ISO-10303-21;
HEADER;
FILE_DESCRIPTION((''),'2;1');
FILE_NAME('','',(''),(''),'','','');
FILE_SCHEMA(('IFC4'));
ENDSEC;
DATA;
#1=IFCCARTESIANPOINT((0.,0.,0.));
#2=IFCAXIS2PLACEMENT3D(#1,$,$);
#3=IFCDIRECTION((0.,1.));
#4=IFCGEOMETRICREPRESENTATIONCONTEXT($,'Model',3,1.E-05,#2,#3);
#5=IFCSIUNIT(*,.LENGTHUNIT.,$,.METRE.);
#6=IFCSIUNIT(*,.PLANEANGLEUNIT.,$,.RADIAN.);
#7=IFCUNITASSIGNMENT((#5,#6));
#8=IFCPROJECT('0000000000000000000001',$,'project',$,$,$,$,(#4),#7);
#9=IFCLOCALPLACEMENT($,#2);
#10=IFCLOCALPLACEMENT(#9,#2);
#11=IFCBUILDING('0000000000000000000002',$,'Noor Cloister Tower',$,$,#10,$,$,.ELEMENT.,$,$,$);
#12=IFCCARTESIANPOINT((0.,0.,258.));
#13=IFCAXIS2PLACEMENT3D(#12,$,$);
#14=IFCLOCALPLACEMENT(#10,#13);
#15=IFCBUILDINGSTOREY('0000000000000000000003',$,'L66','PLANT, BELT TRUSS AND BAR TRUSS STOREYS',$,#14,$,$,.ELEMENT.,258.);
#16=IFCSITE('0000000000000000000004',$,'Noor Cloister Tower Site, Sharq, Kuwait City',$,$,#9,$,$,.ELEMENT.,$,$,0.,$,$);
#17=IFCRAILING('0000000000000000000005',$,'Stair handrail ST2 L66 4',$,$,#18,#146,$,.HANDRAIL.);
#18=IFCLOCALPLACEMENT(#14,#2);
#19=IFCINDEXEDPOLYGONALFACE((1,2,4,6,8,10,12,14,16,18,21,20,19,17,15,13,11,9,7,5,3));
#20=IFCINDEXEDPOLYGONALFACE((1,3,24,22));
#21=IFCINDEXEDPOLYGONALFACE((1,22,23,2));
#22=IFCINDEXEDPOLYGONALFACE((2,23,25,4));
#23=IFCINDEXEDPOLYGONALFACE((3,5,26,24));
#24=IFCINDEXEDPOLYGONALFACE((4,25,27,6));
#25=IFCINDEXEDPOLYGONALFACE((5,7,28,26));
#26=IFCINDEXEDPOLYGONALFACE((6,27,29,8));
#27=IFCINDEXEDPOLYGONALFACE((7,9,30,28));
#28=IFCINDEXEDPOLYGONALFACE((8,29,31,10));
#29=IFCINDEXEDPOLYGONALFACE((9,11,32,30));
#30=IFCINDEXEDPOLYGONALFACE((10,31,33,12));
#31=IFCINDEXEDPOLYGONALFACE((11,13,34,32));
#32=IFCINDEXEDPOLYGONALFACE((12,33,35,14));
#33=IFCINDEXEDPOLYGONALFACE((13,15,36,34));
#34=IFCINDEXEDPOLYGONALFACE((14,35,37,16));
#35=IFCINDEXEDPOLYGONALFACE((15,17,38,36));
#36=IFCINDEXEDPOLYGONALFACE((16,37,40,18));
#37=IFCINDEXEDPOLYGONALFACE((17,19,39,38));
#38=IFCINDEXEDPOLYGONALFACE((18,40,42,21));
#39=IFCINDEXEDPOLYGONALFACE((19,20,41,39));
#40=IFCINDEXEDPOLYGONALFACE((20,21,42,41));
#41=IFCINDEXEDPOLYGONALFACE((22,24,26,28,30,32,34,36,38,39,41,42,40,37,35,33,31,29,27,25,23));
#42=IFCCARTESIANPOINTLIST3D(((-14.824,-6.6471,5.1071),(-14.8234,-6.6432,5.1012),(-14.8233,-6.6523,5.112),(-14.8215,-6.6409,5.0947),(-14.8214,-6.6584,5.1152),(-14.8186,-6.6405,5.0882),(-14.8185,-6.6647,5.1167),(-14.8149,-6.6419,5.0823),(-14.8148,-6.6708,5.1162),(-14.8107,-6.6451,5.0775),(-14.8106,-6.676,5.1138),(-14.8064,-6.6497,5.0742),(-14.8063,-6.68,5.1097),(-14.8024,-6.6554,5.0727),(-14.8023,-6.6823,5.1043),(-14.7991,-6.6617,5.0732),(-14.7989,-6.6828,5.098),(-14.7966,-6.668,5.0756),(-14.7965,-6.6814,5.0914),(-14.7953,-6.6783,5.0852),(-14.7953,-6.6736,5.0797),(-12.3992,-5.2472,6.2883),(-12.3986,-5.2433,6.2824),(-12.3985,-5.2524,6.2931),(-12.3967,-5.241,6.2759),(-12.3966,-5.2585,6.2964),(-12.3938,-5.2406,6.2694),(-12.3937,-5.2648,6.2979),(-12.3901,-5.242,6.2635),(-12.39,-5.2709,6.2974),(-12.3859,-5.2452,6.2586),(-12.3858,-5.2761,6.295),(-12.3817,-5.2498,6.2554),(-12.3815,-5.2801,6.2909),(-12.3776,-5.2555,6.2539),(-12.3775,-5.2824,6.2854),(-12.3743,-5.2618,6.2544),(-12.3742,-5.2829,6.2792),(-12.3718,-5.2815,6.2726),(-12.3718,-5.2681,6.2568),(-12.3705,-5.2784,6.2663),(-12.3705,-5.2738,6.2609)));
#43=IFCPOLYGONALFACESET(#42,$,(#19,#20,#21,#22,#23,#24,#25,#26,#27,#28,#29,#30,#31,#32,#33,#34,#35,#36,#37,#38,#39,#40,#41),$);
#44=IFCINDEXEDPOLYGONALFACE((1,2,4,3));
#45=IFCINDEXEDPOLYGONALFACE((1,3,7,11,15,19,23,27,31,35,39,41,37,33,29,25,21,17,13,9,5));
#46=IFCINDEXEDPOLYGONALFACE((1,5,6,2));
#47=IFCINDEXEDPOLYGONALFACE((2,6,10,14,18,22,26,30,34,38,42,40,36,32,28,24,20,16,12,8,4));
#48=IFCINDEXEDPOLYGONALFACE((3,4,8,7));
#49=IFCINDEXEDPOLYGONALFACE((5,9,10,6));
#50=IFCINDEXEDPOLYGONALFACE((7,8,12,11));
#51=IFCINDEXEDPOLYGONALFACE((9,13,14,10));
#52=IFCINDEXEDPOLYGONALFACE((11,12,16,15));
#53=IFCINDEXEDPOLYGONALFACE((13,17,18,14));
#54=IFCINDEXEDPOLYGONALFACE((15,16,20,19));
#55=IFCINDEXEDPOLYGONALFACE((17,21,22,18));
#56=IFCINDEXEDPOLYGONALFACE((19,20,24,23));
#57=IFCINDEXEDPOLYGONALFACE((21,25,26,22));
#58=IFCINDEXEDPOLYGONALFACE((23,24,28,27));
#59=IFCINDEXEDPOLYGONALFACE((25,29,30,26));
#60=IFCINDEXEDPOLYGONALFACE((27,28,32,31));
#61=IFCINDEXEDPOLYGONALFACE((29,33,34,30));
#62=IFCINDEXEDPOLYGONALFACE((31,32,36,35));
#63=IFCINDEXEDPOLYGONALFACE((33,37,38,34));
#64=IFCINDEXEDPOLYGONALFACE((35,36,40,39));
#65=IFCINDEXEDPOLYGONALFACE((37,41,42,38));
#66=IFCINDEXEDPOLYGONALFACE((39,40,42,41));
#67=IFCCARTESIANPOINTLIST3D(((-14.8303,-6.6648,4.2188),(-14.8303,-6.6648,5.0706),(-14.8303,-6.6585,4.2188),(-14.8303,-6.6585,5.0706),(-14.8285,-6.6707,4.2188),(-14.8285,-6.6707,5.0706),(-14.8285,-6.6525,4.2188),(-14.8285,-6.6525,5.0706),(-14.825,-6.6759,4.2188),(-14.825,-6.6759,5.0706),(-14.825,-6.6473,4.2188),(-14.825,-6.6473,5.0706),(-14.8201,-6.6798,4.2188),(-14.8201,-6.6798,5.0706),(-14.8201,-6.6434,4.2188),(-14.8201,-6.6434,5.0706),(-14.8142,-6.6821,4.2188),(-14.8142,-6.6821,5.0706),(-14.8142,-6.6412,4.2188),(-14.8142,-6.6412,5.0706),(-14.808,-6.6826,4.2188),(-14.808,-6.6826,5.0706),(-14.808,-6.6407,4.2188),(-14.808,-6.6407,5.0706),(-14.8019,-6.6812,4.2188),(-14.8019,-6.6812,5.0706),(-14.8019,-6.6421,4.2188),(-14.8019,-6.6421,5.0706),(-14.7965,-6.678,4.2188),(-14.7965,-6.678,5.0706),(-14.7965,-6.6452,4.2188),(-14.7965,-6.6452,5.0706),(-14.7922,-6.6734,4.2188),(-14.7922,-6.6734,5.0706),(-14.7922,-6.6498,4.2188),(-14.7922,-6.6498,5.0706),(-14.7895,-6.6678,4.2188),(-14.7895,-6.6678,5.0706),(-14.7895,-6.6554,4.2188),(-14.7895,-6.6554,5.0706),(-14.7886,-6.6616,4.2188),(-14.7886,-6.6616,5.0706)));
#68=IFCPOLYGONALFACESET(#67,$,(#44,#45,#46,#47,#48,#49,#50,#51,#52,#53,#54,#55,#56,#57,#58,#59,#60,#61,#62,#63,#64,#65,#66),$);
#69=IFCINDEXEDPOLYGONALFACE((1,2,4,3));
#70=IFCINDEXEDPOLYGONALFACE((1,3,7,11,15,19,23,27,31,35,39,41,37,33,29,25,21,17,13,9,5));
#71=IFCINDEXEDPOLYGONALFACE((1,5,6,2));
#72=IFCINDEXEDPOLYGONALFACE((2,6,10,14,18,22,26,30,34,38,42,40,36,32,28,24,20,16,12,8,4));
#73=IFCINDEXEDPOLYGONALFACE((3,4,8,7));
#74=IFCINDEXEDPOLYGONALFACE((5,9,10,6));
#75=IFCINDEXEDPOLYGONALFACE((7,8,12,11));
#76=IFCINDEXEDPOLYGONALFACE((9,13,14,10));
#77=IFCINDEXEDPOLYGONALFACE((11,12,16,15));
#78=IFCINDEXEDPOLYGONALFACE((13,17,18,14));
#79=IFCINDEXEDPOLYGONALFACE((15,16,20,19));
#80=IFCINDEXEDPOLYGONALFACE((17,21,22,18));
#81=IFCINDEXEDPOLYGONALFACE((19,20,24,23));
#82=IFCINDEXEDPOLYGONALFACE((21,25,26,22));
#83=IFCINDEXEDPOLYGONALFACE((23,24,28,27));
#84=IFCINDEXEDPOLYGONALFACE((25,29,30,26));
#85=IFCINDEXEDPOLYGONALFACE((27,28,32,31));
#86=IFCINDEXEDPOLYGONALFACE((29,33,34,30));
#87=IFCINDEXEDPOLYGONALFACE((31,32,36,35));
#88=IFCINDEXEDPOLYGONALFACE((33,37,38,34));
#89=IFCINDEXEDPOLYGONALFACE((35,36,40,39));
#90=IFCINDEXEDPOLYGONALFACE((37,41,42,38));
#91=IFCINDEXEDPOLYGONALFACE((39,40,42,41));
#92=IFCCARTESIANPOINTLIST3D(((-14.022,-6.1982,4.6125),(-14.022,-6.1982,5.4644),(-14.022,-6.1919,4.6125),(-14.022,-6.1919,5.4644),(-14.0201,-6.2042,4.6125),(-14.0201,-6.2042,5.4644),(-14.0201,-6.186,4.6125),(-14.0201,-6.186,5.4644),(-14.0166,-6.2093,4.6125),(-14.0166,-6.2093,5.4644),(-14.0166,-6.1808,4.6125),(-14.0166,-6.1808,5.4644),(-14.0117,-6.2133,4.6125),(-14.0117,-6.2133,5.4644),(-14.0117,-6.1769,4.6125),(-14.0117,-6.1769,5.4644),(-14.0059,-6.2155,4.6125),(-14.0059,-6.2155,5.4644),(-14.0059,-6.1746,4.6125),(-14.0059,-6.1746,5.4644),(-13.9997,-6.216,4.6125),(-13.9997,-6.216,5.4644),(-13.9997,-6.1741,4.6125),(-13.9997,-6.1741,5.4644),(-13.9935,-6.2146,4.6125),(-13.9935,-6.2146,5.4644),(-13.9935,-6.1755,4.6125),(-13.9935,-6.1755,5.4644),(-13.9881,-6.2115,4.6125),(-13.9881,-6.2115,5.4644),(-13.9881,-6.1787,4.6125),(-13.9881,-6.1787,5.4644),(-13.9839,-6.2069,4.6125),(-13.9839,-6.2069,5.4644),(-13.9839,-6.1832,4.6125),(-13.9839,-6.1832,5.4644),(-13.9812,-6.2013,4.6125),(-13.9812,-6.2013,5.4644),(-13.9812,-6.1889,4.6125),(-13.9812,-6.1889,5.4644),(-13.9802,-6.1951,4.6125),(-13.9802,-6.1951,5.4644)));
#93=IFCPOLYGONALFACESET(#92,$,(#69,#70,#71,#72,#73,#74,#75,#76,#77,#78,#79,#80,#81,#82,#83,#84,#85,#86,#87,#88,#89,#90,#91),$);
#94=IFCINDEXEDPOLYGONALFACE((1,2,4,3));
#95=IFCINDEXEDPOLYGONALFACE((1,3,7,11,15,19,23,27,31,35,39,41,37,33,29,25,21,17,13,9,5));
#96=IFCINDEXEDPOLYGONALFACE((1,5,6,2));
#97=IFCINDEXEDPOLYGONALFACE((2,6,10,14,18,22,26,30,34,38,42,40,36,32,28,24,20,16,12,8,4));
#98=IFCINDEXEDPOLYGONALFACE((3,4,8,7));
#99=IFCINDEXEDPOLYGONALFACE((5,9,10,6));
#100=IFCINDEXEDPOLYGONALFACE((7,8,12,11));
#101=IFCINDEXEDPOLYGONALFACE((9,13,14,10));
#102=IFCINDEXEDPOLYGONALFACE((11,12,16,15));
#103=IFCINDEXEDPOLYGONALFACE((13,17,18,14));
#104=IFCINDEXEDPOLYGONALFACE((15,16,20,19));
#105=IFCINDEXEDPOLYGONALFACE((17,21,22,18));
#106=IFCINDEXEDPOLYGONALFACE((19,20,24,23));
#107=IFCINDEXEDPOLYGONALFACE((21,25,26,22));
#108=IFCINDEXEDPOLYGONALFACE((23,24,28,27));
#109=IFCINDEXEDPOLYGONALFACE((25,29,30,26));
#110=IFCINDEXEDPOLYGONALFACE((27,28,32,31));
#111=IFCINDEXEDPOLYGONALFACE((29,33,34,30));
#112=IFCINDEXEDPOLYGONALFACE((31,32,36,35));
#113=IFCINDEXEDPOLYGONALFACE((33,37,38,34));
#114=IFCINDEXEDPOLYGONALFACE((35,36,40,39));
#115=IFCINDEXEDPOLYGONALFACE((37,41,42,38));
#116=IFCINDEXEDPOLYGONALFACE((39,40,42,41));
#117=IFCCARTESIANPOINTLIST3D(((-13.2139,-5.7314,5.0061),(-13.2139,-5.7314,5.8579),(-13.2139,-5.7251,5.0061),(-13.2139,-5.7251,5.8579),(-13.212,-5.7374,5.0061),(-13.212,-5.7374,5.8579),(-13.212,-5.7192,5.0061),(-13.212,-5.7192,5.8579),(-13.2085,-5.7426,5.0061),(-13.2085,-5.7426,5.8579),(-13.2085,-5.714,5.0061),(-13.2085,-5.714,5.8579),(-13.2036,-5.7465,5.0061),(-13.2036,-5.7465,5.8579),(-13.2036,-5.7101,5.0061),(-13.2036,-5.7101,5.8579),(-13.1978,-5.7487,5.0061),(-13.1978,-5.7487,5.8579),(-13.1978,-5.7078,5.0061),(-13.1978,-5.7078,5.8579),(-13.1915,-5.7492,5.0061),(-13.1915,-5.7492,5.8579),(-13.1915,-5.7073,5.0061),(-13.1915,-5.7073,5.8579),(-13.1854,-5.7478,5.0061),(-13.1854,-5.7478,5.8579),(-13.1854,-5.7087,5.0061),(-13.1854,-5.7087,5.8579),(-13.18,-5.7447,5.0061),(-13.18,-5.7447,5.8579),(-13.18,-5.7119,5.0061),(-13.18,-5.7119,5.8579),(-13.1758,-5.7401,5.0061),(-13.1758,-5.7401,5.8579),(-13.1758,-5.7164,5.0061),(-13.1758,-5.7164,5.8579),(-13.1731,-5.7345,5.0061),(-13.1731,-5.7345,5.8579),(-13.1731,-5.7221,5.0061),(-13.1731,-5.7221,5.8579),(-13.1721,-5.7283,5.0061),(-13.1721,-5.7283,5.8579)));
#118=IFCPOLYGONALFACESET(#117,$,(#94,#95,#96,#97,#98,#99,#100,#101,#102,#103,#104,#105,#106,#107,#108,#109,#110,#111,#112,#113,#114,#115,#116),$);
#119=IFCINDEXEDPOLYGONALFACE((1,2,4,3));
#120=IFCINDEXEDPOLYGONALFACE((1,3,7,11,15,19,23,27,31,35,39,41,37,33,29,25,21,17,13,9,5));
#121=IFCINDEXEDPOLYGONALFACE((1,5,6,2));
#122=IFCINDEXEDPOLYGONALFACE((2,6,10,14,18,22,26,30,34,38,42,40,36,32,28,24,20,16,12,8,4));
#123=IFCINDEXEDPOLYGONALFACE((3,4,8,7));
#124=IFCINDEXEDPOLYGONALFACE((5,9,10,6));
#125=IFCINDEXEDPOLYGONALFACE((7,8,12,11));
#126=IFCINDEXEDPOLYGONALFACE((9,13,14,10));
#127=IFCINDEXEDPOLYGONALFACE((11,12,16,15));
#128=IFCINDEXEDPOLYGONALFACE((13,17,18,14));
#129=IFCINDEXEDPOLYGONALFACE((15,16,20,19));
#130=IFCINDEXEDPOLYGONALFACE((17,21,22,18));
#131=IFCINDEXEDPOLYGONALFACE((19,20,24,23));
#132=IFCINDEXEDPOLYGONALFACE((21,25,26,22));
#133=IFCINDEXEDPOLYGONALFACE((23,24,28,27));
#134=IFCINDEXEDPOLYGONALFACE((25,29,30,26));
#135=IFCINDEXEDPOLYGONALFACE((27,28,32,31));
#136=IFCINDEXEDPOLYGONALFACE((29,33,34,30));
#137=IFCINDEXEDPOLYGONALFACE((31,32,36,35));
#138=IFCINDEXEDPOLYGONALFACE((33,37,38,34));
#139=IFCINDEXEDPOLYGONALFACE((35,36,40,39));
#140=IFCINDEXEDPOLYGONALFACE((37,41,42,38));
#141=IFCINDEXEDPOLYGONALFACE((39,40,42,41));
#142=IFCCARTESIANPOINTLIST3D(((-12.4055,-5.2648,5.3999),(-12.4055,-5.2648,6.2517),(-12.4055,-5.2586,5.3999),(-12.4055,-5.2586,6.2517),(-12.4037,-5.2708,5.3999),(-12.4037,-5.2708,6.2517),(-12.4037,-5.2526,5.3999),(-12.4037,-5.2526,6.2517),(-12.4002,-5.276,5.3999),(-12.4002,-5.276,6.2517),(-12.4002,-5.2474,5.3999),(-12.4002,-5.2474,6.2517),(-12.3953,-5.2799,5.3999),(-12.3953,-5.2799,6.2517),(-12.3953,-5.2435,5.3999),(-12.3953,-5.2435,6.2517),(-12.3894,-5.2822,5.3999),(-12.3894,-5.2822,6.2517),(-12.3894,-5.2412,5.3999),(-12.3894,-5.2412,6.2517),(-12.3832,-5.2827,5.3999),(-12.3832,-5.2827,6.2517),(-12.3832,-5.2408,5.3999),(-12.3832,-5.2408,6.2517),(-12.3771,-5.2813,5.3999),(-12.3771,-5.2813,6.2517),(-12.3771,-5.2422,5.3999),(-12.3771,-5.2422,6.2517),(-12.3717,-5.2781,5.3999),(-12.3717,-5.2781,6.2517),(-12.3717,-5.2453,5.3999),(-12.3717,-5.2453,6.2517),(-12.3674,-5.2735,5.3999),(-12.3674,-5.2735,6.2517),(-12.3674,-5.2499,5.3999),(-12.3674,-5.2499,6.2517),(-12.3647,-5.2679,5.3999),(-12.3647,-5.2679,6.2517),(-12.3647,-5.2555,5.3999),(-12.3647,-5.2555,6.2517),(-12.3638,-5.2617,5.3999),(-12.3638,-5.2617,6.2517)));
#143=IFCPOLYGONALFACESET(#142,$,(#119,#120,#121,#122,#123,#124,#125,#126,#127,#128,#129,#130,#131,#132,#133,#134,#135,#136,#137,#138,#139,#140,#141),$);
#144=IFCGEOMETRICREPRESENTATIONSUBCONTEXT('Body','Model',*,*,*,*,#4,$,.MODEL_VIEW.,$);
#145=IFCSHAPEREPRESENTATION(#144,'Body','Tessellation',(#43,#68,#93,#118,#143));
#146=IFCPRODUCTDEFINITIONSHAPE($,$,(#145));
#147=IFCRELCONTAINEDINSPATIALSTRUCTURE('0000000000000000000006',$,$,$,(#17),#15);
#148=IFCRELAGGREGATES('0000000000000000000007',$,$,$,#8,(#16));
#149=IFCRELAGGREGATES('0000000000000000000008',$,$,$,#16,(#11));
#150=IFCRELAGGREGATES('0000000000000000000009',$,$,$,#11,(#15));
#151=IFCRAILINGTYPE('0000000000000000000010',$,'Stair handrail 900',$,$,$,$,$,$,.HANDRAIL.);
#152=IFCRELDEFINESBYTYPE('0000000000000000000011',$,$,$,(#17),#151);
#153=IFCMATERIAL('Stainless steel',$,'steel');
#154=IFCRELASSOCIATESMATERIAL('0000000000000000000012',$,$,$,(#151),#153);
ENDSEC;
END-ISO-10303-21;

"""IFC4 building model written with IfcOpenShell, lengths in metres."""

from ifc_helpers import new_model, si_unit, direction, frame, origin, origin_2d, place, context, subcontext, project, spatial, circle, extrude, material, type_object, element, save


model = new_model("IFC4")

# Units and contexts
model_context = context("Model", 3, precision=1e-05, world=origin(), true_north=direction((0.0, 1.0)))
body_context = subcontext(model_context, "Body", "Model", "MODEL_VIEW")
ifc_project = project(units=[si_unit("LENGTHUNIT", "METRE"), si_unit("PLANEANGLEUNIT", "RADIAN")], contexts=[model_context])

# Site, building, storey
site_placement = place(None, origin())
site = spatial("IfcSite", under=ifc_project, at=site_placement, Name="Noor Cloister Tower Site, Sharq, Kuwait City", CompositionType="ELEMENT", RefElevation=0.0)
building_placement = place(site_placement, origin())
building = spatial("IfcBuilding", under=site, at=building_placement, Name="Noor Cloister Tower", CompositionType="ELEMENT")
storey_placement = place(building_placement, frame((0.0, 0.0, 258.0)))
storey = spatial("IfcBuildingStorey", under=building, at=storey_placement, Name="L66", Description="PLANT, BELT TRUSS AND BAR TRUSS STOREYS", CompositionType="ELEMENT", Elevation=258.0)

# Railing
ifc_material_1 = material(Name="Stainless steel", Category="steel")
railing_type = type_object("IfcRailingType", Name="Stair handrail 900", PredefinedType="HANDRAIL", material=ifc_material_1)
for number, where, name in (
    (1, (-14.8096, -6.6616, 4.2188), "Stair handrail ST2 L66 4"),
):
    element("IfcRailing", number, at=place(storey_placement, frame(where)), inside=storey, type_object=railing_type, Name=name, PredefinedType="HANDRAIL", context=body_context, shape_type="SweptSolid", body=[
        extrude(circle(Radius=0.0239, at=origin_2d()), frame((0.0, 0.0, 0.876), z_axis=(0.797939, 0.460671, 0.388686), x_axis=(-0.499984, 0.866035, 0.0)), (0.0, 0.0, 1.0), 3.0388),
        extrude(circle(Radius=0.021, at=origin_2d()), origin(), (0.0, 0.0, 1.0), 0.8518),
        extrude(circle(Radius=0.021, at=origin_2d()), frame((0.8083, 0.4666, 0.3938)), (0.0, 0.0, 1.0), 0.8518),
        extrude(circle(Radius=0.021, at=origin_2d()), frame((1.6165, 0.9333, 0.7874)), (0.0, 0.0, 1.0), 0.8518),
        extrude(circle(Radius=0.021, at=origin_2d()), frame((2.4248, 1.3999, 1.1812)), (0.0, 0.0, 1.0), 0.8518),
    ])

save(model, "model.ifc")
